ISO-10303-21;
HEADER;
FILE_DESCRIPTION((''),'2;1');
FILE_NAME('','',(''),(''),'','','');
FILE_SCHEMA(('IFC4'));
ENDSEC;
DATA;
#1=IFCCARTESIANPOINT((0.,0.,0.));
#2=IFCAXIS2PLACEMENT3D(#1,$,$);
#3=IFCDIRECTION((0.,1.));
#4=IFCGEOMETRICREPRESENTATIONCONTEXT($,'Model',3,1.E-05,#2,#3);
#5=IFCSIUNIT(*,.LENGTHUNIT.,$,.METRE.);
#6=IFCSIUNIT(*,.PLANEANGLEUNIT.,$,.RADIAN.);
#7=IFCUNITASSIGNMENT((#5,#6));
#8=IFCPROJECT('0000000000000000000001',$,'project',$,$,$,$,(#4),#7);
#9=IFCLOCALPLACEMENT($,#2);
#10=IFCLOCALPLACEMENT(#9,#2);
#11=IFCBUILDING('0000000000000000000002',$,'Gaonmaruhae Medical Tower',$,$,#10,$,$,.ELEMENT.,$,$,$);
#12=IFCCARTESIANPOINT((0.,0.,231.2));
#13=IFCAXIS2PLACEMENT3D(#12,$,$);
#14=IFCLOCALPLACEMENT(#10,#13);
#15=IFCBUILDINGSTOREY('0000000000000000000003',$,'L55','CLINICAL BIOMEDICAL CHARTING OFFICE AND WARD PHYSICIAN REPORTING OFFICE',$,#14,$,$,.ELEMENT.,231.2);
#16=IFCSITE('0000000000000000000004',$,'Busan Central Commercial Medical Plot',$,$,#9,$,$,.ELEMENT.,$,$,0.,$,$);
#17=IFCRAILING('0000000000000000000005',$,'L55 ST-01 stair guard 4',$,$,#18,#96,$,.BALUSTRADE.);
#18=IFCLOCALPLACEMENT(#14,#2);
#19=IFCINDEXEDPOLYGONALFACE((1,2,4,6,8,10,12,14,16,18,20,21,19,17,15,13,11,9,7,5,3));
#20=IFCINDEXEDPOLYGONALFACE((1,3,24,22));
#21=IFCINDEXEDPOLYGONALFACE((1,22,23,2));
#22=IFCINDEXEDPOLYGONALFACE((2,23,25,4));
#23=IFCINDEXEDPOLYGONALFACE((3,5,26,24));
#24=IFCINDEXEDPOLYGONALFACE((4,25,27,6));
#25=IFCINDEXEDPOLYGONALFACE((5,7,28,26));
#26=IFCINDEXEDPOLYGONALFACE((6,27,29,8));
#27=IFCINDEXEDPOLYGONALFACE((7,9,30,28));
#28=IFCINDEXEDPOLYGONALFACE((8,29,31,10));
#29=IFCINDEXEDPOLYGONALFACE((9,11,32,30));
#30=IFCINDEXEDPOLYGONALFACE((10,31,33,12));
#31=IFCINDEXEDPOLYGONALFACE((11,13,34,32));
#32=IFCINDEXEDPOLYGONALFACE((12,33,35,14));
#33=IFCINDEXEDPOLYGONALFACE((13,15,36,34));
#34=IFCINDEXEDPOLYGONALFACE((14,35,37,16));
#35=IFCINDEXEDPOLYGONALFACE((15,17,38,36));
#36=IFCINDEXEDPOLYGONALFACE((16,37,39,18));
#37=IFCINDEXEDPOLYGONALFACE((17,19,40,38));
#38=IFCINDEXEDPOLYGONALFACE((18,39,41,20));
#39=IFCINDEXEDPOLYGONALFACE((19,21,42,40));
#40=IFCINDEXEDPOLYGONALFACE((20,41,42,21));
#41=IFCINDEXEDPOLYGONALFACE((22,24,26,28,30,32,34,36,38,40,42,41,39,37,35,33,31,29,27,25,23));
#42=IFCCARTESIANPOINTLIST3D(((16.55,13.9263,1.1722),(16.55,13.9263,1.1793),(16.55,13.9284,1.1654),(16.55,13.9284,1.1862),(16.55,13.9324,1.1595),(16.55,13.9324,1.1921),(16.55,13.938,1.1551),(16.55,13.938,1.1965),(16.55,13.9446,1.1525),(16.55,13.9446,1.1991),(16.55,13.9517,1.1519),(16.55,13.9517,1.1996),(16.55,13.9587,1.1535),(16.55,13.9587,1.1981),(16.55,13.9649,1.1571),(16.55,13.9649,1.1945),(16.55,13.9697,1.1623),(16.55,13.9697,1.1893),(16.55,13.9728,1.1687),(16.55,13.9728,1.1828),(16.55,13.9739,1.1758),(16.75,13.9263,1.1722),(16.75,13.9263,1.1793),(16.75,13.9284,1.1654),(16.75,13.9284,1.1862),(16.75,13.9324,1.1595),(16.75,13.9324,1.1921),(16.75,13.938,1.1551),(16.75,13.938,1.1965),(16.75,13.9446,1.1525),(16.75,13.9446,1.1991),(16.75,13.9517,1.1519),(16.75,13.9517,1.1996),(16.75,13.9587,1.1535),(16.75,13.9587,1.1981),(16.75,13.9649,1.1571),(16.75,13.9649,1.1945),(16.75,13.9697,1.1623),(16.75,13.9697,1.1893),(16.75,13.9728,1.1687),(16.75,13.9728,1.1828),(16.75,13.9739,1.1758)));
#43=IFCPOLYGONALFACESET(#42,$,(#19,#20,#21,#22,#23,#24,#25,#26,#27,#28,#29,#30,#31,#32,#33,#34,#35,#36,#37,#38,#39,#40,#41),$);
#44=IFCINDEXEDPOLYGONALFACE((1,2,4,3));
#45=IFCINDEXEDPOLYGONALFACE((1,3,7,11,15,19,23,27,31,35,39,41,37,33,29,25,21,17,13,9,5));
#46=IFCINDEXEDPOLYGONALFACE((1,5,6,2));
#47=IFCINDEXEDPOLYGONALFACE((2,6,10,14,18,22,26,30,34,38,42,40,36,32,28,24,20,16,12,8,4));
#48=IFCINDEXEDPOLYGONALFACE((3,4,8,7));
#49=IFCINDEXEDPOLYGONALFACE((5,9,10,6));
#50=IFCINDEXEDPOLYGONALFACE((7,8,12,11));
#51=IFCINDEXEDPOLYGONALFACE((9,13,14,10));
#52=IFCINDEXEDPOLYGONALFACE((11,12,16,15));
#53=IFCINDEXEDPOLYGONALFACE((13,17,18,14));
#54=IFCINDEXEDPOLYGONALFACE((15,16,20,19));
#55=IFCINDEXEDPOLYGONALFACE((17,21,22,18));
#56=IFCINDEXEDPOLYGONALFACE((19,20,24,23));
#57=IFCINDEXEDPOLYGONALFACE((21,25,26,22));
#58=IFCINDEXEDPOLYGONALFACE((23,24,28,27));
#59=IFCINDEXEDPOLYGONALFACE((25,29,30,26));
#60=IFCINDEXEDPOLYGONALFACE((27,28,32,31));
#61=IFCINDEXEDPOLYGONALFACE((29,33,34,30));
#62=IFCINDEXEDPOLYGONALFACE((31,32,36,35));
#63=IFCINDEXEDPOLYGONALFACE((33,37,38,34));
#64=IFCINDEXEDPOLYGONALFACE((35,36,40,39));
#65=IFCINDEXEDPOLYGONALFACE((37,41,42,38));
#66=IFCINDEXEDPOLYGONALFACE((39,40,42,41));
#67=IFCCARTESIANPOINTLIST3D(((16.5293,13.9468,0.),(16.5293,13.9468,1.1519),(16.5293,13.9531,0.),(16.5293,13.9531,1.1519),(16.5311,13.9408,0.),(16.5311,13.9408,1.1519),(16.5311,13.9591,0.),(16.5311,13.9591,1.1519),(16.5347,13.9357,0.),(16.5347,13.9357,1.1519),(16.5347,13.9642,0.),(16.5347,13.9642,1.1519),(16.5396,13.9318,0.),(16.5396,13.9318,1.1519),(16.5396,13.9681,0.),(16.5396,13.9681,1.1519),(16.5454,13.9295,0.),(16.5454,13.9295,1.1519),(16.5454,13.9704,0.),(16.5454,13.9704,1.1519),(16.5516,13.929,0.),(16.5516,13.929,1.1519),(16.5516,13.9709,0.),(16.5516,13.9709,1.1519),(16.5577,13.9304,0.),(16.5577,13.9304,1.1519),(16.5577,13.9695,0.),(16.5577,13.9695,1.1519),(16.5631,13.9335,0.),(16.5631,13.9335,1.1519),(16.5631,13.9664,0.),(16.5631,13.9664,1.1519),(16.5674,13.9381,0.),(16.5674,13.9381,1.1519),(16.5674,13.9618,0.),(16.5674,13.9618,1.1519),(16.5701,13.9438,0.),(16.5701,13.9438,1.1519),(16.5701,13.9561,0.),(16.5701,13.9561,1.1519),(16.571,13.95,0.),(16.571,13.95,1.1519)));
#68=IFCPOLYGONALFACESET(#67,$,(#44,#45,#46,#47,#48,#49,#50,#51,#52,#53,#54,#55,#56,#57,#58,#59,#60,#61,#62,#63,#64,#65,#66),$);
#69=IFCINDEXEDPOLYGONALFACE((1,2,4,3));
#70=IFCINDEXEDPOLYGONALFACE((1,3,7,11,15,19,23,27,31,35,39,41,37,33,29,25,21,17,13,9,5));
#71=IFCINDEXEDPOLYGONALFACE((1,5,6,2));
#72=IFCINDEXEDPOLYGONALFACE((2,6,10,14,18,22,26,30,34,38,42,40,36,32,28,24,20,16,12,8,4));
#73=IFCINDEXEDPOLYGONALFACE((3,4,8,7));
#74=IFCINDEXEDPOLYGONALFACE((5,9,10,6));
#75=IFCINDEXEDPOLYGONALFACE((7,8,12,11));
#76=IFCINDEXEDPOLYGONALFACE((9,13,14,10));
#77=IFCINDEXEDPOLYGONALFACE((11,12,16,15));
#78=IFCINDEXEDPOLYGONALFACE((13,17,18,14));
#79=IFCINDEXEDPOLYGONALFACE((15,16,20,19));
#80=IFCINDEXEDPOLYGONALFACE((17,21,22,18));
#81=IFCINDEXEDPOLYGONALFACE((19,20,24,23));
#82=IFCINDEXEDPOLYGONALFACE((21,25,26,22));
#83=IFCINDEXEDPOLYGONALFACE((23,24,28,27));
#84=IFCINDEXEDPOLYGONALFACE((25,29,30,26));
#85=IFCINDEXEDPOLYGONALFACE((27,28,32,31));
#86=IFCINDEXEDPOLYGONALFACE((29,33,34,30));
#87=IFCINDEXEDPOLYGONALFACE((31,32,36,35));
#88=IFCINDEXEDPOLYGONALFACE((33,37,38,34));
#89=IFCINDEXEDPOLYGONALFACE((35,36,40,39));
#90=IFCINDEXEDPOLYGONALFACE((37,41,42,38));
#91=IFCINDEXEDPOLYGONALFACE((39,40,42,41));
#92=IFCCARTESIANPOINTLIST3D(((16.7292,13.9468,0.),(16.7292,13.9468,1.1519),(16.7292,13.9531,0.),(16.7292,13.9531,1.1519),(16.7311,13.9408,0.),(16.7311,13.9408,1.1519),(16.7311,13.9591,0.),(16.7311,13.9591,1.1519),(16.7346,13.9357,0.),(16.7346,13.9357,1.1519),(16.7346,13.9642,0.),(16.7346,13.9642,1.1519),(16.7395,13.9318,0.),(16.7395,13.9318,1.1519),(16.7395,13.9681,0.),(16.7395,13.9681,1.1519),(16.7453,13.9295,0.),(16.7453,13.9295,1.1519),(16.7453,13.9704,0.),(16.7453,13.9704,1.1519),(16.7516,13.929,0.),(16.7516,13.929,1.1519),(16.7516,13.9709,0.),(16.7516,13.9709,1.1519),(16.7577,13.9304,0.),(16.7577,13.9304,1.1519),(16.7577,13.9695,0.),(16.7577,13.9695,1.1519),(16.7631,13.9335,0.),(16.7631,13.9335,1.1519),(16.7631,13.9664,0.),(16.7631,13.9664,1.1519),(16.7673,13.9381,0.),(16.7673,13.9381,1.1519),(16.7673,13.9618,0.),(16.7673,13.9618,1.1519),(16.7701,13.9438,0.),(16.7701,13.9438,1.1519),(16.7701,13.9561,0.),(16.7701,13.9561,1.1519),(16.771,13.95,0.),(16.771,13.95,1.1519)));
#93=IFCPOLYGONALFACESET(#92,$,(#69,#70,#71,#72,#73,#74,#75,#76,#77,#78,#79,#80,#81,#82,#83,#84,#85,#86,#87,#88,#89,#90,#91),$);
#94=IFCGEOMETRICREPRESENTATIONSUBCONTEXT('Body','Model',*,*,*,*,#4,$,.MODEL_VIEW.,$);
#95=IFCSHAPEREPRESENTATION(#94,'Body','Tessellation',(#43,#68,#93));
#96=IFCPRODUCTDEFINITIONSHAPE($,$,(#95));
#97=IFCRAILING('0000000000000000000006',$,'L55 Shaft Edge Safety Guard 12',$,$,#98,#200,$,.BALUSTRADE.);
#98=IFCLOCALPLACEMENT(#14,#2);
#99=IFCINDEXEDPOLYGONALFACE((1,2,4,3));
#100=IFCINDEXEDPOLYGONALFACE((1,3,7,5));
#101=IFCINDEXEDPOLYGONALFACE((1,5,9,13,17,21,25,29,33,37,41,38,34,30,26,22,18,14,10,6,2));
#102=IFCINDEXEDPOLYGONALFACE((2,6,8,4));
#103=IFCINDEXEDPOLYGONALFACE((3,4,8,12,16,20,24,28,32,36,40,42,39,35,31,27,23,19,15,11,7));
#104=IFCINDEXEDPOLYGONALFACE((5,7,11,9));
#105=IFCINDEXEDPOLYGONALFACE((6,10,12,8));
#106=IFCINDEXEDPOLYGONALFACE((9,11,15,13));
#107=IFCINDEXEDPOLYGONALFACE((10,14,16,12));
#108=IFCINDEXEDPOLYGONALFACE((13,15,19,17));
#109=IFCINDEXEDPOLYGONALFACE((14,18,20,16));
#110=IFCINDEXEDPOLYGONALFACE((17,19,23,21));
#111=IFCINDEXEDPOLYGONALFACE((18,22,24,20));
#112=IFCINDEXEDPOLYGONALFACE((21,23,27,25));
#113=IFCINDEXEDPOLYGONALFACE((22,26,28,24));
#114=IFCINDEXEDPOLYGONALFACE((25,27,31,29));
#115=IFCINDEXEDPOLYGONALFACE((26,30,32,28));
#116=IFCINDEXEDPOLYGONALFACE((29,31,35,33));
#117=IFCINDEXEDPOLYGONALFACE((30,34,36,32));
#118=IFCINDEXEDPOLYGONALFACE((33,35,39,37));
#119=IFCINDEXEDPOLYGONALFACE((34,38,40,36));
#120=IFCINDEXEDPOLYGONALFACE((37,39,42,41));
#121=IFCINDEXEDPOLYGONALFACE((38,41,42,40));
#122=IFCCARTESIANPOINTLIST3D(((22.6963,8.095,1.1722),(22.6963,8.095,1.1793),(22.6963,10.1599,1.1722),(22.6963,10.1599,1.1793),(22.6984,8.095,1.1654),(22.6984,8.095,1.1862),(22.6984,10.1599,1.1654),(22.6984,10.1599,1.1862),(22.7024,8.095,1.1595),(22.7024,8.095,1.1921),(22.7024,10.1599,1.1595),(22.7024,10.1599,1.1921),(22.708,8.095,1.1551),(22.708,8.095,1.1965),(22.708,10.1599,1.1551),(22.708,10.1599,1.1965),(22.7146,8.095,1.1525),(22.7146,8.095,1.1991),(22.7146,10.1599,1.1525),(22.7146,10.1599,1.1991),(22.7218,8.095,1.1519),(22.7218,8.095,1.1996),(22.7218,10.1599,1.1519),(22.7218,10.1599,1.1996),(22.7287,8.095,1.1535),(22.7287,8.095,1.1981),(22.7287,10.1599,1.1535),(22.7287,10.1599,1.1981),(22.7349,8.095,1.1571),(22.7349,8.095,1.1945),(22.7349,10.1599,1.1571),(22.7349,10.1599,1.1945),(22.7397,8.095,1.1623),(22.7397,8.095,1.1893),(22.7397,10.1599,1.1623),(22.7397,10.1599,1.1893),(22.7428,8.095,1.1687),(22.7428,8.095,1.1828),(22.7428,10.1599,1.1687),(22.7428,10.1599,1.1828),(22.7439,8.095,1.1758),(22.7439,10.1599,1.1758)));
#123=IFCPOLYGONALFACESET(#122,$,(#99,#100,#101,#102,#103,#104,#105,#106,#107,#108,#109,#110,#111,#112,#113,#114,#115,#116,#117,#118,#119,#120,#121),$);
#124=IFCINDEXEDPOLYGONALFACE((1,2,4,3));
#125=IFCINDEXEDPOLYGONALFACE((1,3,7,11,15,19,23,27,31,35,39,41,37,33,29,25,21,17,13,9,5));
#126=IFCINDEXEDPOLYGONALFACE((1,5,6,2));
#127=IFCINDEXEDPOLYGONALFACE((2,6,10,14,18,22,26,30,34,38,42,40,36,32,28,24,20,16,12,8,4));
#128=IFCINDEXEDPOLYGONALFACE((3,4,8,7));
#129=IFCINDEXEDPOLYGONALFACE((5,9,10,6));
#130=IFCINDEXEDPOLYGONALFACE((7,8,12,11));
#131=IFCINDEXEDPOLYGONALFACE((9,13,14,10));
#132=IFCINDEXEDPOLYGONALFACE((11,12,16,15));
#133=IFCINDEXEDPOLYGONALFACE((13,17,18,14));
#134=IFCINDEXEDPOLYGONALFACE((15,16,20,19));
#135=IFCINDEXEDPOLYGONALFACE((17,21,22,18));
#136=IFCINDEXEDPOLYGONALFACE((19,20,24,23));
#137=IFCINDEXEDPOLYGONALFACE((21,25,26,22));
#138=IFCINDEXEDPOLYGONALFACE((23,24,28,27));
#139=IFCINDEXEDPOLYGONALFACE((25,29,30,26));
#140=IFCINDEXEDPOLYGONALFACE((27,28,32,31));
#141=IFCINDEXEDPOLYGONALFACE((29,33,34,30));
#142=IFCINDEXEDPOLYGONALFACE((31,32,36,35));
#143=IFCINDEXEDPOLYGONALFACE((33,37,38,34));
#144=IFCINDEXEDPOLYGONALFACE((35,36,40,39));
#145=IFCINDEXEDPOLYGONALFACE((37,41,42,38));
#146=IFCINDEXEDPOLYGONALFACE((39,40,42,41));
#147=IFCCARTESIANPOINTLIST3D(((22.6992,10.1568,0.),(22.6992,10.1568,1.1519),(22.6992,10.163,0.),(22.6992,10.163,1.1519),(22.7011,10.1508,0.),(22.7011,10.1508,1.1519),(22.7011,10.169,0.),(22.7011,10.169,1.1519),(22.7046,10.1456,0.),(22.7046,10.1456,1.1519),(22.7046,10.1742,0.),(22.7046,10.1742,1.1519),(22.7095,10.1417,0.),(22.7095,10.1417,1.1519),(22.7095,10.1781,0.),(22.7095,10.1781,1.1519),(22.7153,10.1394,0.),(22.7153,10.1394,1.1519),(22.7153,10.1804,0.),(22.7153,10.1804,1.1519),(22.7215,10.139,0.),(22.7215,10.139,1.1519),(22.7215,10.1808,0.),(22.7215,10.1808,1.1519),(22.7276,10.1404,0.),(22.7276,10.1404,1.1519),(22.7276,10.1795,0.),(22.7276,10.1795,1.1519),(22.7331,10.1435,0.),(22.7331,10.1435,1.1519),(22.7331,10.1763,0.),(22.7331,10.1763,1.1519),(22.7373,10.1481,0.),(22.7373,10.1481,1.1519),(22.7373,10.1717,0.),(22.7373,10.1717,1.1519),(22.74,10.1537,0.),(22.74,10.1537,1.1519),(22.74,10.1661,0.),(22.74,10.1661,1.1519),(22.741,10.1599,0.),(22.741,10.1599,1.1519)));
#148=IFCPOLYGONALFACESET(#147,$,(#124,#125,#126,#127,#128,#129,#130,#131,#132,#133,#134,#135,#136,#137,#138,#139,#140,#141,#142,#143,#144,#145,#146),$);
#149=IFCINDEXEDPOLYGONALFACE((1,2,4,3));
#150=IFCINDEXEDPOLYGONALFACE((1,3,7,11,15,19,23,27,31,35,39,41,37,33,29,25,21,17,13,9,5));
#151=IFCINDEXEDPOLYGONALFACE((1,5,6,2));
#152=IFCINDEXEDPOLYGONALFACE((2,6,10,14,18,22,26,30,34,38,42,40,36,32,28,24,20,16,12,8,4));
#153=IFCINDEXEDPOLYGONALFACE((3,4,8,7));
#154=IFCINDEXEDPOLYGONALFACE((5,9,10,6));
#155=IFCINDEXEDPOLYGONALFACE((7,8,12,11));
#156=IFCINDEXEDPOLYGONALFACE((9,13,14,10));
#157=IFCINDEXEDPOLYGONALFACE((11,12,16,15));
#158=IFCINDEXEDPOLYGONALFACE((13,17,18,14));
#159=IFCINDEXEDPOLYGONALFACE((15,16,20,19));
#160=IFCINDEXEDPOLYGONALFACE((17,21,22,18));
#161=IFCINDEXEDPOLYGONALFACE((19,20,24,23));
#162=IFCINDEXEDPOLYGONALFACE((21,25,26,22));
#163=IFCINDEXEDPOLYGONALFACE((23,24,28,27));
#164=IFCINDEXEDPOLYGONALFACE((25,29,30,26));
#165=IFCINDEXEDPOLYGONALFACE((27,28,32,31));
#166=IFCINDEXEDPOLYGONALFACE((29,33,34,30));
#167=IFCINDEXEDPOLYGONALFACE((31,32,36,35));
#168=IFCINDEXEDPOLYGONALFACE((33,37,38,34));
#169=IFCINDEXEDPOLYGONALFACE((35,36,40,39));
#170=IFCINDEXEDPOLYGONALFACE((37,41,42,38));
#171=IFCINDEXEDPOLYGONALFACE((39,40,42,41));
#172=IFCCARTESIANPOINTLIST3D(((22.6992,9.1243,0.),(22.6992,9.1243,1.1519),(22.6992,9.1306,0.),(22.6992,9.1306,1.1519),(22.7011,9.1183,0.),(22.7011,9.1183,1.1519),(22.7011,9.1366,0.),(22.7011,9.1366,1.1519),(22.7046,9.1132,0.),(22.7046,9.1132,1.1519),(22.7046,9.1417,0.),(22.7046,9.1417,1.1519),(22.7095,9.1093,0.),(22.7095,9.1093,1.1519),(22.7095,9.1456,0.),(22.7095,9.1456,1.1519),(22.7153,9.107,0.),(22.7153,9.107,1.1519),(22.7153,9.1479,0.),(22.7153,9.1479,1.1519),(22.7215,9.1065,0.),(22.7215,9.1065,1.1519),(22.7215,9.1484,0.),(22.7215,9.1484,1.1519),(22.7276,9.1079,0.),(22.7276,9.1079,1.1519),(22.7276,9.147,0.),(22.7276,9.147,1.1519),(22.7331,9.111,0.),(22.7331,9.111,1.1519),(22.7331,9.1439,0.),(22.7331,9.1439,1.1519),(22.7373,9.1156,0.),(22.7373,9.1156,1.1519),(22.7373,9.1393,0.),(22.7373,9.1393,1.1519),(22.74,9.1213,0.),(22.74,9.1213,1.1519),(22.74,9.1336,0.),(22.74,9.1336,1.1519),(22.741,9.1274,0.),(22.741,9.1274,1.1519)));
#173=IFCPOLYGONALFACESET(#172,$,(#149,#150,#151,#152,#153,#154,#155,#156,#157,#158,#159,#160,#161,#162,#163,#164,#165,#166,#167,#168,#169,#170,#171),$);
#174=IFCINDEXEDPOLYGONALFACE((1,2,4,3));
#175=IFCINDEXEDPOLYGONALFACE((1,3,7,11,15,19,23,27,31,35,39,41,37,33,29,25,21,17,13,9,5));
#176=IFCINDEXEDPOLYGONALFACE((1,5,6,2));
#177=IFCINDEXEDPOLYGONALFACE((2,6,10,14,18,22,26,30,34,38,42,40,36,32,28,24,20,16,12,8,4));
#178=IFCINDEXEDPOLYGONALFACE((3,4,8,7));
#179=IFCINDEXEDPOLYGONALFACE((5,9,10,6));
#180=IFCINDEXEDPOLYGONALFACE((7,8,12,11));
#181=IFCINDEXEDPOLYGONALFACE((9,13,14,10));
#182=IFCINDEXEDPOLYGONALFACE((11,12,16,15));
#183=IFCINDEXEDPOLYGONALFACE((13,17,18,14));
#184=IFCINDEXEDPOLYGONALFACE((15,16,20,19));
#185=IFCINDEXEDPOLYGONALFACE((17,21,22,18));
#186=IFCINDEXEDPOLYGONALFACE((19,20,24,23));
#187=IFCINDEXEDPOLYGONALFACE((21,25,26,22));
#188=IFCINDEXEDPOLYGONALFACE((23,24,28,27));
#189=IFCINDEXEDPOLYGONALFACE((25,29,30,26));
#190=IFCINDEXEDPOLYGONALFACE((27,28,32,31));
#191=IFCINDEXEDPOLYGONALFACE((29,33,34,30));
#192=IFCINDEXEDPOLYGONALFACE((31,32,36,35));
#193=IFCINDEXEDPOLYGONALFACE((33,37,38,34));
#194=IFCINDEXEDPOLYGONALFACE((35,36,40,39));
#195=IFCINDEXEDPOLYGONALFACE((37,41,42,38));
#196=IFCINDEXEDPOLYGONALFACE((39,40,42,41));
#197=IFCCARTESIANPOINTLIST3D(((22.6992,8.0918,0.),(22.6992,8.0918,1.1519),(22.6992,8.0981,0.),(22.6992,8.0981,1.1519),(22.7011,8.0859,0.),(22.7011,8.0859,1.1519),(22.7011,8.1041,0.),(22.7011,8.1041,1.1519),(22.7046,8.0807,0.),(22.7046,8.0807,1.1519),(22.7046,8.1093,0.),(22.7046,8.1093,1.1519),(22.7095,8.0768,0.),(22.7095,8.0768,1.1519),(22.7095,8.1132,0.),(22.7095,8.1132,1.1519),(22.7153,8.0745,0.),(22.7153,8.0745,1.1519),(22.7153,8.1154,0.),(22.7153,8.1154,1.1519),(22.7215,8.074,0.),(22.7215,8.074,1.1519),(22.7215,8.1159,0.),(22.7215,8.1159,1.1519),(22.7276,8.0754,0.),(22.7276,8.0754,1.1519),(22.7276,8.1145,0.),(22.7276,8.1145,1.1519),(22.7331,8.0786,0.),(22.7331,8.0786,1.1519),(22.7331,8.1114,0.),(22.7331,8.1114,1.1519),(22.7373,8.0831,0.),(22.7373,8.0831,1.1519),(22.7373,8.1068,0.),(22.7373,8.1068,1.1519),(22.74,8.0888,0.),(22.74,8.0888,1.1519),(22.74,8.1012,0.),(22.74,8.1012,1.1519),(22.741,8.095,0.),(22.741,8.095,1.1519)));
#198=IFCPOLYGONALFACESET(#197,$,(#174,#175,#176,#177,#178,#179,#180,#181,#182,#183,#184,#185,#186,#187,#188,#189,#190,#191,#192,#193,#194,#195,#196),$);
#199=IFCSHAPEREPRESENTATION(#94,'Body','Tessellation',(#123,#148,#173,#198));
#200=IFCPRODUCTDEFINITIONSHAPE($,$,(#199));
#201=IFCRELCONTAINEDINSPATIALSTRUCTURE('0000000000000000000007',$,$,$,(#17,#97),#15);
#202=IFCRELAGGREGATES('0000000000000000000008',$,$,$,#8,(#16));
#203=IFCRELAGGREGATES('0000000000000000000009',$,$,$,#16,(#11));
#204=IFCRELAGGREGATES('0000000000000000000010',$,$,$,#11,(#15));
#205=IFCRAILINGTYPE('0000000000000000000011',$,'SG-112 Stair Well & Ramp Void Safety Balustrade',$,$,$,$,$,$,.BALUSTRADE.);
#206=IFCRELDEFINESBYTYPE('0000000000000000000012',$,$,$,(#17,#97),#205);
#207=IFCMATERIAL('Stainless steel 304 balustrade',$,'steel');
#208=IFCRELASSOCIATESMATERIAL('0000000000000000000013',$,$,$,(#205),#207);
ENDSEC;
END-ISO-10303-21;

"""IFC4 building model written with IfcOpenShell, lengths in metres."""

from ifc_helpers import new_model, si_unit, direction, frame, origin, origin_2d, place, context, subcontext, project, spatial, circle, extrude, material, type_object, element, save


model = new_model("IFC4")

# Units and contexts
model_context = context("Model", 3, precision=1e-05, world=origin(), true_north=direction((0.0, 1.0)))
body_context = subcontext(model_context, "Body", "Model", "MODEL_VIEW")
ifc_project = project(units=[si_unit("LENGTHUNIT", "METRE"), si_unit("PLANEANGLEUNIT", "RADIAN")], contexts=[model_context])

# Site, building, storey
site_placement = place(None, origin())
site = spatial("IfcSite", under=ifc_project, at=site_placement, Name="Busan Central Commercial Medical Plot", CompositionType="ELEMENT", RefElevation=0.0)
building_placement = place(site_placement, origin())
building = spatial("IfcBuilding", under=site, at=building_placement, Name="Gaonmaruhae Medical Tower", CompositionType="ELEMENT")
storey_placement = place(building_placement, frame((0.0, 0.0, 231.2)))
storey = spatial("IfcBuildingStorey", under=building, at=storey_placement, Name="L55", Description="CLINICAL BIOMEDICAL CHARTING OFFICE AND WARD PHYSICIAN REPORTING OFFICE", CompositionType="ELEMENT", Elevation=231.2)

# Railings
ifc_material_1 = material(Name="Stainless steel 304 balustrade", Category="steel")
railing_type_1 = type_object("IfcRailingType", Name="SG-112 Stair Well & Ramp Void Safety Balustrade", PredefinedType="BALUSTRADE", material=ifc_material_1)
railing_1_placement = place(storey_placement, frame((16.55, 13.95, 0.0)))
element("IfcRailing", 1, at=railing_1_placement, inside=storey, type_object=railing_type_1, Name="L55 ST-01 stair guard 4", PredefinedType="BALUSTRADE", context=body_context, shape_type="SweptSolid", body=[
    extrude(circle(Radius=0.0239, at=origin_2d()), frame((0.0, 0.0, 1.1758), z_axis=(1.0, 0.0, 0.0), x_axis=(0.0, 1.0, 0.0)), (0.0, 0.0, 1.0), 0.2),
    extrude(circle(Radius=0.021, at=origin_2d()), origin(), (0.0, 0.0, 1.0), 1.1519),
    extrude(circle(Radius=0.021, at=origin_2d()), frame((0.2, 0.0, 0.0)), (0.0, 0.0, 1.0), 1.1519),
])
railing_2_placement = place(storey_placement, frame((22.72, 10.1599, 0.0)))
element("IfcRailing", 2, at=railing_2_placement, inside=storey, type_object=railing_type_1, Name="L55 Shaft Edge Safety Guard 12", PredefinedType="BALUSTRADE", context=body_context, shape_type="SweptSolid", body=[
    extrude(circle(Radius=0.0239, at=origin_2d()), frame((0.0, 0.0, 1.1758), z_axis=(0.0, -1.0, 0.0), x_axis=(1.0, 0.0, 0.0)), (0.0, 0.0, 1.0), 2.0649),
    extrude(circle(Radius=0.021, at=origin_2d()), origin(), (0.0, 0.0, 1.0), 1.1519),
    extrude(circle(Radius=0.021, at=origin_2d()), frame((0.0, -1.0325, 0.0)), (0.0, 0.0, 1.0), 1.1519),
    extrude(circle(Radius=0.021, at=origin_2d()), frame((0.0, -2.0649, 0.0)), (0.0, 0.0, 1.0), 1.1519),
])

save(model, "model.ifc")
